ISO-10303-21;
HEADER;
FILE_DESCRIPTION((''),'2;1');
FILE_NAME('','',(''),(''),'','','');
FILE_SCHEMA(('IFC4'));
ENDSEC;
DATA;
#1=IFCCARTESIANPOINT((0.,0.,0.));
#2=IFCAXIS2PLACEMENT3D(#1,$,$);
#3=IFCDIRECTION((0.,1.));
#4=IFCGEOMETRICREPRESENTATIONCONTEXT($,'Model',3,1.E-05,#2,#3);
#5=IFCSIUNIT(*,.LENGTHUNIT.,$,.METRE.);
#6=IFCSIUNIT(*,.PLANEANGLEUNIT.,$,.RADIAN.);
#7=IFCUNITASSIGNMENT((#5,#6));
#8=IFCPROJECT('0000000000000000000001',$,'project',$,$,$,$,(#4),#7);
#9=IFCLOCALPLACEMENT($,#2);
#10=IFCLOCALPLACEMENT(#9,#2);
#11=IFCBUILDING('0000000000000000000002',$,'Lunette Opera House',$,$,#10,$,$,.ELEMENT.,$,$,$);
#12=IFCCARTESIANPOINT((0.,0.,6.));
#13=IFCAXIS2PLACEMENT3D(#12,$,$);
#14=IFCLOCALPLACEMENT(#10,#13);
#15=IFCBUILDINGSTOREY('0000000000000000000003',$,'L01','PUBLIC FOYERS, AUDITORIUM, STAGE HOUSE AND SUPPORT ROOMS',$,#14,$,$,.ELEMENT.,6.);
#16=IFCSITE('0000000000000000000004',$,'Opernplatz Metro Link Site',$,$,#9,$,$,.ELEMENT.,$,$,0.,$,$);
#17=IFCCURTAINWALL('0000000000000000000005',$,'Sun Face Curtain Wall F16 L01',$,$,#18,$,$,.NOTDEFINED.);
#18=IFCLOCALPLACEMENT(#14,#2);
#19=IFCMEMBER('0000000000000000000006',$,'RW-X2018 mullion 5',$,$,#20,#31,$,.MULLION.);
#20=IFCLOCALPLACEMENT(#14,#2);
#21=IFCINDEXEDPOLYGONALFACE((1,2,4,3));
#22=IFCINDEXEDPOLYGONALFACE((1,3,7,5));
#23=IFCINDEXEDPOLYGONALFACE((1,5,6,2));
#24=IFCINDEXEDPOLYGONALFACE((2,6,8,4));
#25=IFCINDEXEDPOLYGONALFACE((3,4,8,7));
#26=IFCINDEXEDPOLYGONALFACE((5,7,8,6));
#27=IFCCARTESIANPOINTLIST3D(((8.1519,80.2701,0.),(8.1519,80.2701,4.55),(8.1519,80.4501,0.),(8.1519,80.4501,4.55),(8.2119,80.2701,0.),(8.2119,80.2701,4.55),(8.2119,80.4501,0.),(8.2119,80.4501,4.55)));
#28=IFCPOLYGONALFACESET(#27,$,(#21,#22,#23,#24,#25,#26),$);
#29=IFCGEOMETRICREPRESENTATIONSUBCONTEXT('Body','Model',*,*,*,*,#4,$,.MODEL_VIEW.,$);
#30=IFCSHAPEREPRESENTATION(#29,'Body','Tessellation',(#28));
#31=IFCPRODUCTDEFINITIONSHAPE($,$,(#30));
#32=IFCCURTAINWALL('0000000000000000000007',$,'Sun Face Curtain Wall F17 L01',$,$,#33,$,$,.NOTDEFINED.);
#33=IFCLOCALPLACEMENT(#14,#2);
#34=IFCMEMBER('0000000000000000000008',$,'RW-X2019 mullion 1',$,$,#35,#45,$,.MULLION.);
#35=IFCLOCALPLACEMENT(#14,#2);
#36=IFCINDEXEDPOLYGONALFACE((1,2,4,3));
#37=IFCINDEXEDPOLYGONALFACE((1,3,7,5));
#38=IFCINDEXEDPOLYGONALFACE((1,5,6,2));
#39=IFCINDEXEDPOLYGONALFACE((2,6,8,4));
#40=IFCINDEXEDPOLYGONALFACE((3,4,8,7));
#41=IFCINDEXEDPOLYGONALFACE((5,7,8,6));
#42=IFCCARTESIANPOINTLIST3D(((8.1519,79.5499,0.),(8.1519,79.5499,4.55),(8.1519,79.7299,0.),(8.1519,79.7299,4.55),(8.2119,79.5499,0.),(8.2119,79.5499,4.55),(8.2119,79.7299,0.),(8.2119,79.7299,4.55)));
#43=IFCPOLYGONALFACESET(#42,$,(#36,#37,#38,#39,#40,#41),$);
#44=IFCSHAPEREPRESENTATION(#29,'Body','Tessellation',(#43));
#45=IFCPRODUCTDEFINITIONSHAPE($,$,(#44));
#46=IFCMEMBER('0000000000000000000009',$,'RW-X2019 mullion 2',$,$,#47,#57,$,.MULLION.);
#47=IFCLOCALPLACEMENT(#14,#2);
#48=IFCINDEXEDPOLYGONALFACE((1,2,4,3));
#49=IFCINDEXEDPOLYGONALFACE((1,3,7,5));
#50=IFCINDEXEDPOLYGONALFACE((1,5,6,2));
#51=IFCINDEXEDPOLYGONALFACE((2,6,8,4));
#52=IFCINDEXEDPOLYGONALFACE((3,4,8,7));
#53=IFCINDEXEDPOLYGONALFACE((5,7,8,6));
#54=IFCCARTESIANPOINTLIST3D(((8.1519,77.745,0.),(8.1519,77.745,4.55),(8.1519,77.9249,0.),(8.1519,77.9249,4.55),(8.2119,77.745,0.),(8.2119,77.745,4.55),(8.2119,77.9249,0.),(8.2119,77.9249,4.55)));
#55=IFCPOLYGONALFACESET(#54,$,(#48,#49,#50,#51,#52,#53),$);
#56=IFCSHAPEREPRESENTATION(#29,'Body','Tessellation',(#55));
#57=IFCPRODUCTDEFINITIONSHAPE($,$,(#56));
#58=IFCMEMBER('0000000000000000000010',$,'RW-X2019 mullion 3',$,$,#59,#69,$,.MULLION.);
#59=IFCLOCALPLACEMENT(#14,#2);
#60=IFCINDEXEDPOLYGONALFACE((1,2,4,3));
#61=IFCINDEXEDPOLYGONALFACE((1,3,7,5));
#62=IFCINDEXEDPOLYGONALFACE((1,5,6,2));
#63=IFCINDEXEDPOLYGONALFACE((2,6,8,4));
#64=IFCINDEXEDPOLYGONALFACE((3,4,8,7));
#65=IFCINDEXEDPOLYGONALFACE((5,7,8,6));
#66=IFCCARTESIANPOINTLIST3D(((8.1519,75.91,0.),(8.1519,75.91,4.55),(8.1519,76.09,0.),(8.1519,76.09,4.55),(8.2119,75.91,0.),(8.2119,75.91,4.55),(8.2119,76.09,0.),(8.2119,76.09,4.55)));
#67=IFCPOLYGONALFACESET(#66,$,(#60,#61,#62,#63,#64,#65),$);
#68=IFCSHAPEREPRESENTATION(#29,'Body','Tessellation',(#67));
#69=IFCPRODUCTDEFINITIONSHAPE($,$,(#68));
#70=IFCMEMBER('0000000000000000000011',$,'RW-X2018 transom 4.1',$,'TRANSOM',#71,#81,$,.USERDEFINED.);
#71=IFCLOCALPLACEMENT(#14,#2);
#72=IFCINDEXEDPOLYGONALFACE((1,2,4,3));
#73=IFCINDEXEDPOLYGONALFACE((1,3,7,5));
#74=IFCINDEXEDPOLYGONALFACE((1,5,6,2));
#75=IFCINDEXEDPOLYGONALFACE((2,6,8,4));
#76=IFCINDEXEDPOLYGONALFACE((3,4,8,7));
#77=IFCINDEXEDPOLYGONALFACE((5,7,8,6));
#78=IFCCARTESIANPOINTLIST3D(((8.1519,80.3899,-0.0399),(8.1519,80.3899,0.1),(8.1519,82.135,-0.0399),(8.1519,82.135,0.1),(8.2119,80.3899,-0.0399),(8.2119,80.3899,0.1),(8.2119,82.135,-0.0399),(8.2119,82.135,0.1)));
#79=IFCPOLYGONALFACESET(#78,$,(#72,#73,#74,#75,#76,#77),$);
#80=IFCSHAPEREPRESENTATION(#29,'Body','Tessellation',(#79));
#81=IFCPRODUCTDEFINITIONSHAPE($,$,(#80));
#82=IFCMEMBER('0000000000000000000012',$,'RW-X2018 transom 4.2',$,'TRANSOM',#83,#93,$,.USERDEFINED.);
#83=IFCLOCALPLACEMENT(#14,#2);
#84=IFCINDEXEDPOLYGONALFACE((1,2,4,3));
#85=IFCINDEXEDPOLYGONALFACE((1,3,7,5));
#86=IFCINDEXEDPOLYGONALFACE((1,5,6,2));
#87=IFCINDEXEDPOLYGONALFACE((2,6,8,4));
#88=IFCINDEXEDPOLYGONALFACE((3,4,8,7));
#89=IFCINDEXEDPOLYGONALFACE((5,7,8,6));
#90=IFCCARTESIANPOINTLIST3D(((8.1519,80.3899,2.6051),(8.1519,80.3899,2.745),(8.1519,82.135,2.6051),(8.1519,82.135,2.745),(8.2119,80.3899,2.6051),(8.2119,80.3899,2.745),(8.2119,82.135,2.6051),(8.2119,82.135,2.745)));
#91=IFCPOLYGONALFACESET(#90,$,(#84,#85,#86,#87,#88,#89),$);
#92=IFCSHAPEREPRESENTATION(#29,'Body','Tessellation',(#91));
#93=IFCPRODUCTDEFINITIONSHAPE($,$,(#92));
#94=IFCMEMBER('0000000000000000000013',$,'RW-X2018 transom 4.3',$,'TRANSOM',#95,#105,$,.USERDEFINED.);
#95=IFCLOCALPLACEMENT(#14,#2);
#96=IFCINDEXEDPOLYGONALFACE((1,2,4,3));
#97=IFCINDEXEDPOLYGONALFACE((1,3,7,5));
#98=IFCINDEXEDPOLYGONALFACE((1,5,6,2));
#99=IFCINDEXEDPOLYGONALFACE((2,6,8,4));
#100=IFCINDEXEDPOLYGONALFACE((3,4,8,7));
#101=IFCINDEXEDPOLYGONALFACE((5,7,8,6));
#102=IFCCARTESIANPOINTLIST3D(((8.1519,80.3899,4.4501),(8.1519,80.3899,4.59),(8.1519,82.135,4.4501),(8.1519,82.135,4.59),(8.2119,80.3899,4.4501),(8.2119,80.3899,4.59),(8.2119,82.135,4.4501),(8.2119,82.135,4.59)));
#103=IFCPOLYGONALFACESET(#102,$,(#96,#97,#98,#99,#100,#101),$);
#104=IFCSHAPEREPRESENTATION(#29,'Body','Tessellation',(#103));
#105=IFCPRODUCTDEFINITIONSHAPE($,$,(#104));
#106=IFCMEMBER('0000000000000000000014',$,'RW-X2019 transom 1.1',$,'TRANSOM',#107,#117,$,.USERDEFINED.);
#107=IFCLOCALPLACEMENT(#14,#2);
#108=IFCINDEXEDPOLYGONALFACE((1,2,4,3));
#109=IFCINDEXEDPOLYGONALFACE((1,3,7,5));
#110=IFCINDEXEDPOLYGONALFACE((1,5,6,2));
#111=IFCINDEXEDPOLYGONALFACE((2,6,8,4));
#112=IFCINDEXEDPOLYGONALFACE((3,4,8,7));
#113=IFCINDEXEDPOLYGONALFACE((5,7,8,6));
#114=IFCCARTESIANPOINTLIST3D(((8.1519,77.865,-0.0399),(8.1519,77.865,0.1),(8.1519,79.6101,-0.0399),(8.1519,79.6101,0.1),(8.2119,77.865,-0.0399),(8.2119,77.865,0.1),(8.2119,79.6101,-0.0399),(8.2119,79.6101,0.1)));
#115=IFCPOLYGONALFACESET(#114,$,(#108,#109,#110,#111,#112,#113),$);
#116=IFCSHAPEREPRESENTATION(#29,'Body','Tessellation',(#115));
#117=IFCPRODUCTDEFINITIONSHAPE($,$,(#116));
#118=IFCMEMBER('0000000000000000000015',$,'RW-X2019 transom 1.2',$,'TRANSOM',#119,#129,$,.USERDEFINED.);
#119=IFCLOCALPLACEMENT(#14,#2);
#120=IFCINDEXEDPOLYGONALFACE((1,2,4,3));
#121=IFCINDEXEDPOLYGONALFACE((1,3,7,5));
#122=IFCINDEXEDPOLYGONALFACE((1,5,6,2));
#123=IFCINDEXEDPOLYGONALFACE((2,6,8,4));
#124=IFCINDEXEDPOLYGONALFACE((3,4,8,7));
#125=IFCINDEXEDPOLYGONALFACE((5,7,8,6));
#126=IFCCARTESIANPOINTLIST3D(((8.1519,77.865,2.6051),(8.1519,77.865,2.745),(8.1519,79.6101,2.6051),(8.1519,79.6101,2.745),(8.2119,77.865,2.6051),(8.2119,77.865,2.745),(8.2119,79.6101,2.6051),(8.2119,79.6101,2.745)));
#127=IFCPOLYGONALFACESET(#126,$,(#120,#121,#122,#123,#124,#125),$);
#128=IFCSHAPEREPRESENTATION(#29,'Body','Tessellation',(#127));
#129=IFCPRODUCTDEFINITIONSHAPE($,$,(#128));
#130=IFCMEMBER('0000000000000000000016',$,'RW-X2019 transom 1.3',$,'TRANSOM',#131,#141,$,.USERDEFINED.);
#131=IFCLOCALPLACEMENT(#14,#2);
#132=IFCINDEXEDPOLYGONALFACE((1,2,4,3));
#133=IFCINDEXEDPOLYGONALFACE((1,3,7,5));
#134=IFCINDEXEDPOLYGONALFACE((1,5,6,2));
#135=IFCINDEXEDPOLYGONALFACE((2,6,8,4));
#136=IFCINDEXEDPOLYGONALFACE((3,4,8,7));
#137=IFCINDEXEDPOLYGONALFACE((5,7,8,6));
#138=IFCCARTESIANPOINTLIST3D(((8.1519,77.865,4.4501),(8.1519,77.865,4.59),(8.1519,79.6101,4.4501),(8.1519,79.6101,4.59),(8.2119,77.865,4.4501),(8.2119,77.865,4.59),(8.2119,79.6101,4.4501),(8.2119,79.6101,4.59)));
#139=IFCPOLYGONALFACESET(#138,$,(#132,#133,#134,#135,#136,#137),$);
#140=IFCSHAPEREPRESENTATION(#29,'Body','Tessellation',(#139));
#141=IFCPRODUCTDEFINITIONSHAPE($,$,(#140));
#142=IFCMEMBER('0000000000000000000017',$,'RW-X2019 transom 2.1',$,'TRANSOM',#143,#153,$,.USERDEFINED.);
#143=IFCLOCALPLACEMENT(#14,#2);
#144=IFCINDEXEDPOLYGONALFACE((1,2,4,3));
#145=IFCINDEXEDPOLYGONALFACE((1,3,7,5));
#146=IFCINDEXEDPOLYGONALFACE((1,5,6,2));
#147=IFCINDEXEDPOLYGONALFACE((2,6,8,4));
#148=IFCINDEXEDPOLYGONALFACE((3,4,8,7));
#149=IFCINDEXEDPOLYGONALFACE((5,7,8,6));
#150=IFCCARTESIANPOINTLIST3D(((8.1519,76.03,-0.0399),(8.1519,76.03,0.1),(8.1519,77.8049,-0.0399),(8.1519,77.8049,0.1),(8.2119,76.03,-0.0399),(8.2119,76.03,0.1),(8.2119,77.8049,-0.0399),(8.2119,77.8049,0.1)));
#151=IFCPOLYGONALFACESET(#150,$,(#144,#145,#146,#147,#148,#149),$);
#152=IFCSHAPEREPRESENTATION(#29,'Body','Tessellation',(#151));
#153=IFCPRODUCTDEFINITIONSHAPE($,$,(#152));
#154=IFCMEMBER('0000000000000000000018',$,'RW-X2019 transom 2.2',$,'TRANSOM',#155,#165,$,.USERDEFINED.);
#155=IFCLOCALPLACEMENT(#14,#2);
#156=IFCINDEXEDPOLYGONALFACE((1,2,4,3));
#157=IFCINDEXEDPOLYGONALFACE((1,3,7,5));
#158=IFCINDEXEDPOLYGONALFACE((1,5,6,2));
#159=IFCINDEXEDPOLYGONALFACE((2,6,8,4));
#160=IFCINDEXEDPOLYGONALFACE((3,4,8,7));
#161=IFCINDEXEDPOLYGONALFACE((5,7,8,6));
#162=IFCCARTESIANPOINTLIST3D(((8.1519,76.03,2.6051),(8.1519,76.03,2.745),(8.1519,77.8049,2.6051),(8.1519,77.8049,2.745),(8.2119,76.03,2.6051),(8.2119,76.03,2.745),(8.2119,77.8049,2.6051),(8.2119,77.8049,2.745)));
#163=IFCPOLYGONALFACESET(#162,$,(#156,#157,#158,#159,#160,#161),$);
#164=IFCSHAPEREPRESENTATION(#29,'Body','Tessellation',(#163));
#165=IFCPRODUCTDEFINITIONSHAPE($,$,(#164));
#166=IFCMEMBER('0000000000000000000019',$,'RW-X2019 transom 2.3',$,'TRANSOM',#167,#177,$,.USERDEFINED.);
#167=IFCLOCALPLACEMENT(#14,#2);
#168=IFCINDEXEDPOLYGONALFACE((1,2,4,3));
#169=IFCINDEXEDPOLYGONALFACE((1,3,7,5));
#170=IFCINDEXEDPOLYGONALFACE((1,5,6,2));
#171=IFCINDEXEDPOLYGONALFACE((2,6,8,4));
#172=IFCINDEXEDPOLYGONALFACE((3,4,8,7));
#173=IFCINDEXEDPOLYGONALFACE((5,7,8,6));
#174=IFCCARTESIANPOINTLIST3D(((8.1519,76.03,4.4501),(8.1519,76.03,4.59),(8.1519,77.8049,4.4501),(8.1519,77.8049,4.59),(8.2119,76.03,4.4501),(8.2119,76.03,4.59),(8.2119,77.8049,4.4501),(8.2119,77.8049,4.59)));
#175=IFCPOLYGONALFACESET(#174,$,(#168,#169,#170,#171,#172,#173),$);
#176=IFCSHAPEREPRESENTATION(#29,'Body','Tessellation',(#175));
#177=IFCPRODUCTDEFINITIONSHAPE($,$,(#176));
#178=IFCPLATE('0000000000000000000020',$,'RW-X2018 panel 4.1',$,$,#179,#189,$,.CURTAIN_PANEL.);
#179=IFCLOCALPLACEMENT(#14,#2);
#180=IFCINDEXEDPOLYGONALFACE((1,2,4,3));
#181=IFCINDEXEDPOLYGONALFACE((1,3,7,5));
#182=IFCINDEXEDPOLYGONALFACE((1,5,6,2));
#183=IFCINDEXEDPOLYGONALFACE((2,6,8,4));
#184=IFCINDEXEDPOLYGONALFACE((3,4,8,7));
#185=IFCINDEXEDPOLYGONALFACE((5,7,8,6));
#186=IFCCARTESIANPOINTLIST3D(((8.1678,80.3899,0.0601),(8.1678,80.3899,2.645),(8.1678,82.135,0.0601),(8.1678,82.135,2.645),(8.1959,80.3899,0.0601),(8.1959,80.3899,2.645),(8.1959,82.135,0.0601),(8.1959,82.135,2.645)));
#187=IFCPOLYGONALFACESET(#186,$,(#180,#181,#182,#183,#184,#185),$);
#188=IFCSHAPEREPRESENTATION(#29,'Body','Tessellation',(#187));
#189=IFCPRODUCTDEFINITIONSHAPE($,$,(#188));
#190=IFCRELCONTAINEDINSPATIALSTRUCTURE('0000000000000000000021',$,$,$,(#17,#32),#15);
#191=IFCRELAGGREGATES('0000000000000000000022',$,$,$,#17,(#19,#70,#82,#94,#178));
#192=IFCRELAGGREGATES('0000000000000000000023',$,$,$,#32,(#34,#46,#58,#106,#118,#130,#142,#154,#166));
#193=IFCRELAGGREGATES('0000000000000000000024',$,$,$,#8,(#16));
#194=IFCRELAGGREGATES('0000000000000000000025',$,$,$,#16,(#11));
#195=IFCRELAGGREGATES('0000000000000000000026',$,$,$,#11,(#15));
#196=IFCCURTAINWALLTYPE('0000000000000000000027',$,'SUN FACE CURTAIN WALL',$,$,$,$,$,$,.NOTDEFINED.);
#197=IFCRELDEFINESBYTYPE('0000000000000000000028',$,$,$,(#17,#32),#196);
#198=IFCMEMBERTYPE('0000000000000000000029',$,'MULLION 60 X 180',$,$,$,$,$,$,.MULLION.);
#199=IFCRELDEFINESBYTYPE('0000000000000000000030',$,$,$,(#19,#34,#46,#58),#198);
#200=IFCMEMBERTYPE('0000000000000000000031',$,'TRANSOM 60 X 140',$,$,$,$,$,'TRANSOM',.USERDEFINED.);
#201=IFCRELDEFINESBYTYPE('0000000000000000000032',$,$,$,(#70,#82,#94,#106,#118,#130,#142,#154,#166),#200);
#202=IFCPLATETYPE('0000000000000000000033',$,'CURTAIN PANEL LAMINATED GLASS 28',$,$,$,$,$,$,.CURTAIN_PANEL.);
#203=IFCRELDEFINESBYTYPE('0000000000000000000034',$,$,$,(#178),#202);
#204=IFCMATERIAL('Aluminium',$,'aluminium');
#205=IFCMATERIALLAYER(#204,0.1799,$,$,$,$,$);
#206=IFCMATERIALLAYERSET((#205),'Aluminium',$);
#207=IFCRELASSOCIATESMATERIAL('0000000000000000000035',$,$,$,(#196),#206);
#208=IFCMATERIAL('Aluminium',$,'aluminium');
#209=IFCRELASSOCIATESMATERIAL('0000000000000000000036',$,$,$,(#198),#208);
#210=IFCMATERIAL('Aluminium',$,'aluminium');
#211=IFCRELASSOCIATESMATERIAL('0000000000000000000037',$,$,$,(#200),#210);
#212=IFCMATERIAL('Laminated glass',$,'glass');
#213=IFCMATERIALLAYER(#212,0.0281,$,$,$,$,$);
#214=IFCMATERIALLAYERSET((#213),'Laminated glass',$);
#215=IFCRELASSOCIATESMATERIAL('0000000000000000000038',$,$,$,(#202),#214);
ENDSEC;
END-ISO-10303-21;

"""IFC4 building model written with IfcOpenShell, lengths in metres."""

from ifc_helpers import new_model, si_unit, direction, frame, origin, origin_2d, place, context, subcontext, project, spatial, rectangle, extrude, material, layer, layer_set, material_profile, profile_set, type_object, element, aggregate, save


model = new_model("IFC4")

# Units and contexts
model_context = context("Model", 3, precision=1e-05, world=origin(), true_north=direction((0.0, 1.0)))
body_context = subcontext(model_context, "Body", "Model", "MODEL_VIEW")
ifc_project = project(units=[si_unit("LENGTHUNIT", "METRE"), si_unit("PLANEANGLEUNIT", "RADIAN")], contexts=[model_context])

# Site, building, storey
site_placement = place(None, origin())
site = spatial("IfcSite", under=ifc_project, at=site_placement, Name="Opernplatz Metro Link Site", CompositionType="ELEMENT", RefElevation=0.0)
building_placement = place(site_placement, origin())
building = spatial("IfcBuilding", under=site, at=building_placement, Name="Lunette Opera House", CompositionType="ELEMENT")
storey_placement = place(building_placement, frame((0.0, 0.0, 6.0)))
storey = spatial("IfcBuildingStorey", under=building, at=storey_placement, Name="L01", Description="PUBLIC FOYERS, AUDITORIUM, STAGE HOUSE AND SUPPORT ROOMS", CompositionType="ELEMENT", Elevation=6.0)

# Curtain wall, member
ifc_material_1 = material(Name="Aluminium", Category="aluminium")
ifc_layer_1 = layer(ifc_material_1, 0.1799)
ifc_layer_set_1 = layer_set([ifc_layer_1], Name="Aluminium")
curtain_wall_type = type_object("IfcCurtainWallType", Name="SUN FACE CURTAIN WALL", PredefinedType="NOTDEFINED", material=ifc_layer_set_1)
curtain_wall_1_placement = place(storey_placement, origin())
curtain_wall_1 = element("IfcCurtainWall", 1, at=curtain_wall_1_placement, inside=storey, type_object=curtain_wall_type, Name="Sun Face Curtain Wall F16 L01", PredefinedType="NOTDEFINED")
ifc_material_2 = material(Name="Aluminium", Category="aluminium")
ifc_material_profile_1 = material_profile(ifc_material_2, rectangle(XDim=0.0601, YDim=0.1799, at=origin_2d()), Name="MULLION 60 X 180")
ifc_profile_set_1 = profile_set([ifc_material_profile_1], Name="Aluminium")
member_type_1 = type_object("IfcMemberType", Name="MULLION 60 X 180", PredefinedType="MULLION", material=ifc_profile_set_1)
member_1_placement = place(storey_placement, frame((8.1819, 80.3601, 0.0), z_axis=(0.0, 0.0, 1.0), x_axis=(1.0, 0.0, 0.0)))
member_1 = element("IfcMember", 2, at=member_1_placement, type_object=member_type_1, Name="RW-X2018 mullion 5", PredefinedType="MULLION", context=body_context, shape_type="SweptSolid", body=[
    extrude(rectangle(XDim=0.0601, YDim=0.1799, at=origin_2d()), origin(), (0.0, 0.0, 1.0), 4.55),
])

# Curtain wall, members
curtain_wall_2_placement = place(storey_placement, origin())
curtain_wall_2 = element("IfcCurtainWall", 3, at=curtain_wall_2_placement, inside=storey, type_object=curtain_wall_type, Name="Sun Face Curtain Wall F17 L01", PredefinedType="NOTDEFINED")
member_2_placement = place(storey_placement, frame((8.1819, 79.6399, 0.0), z_axis=(0.0, 0.0, 1.0), x_axis=(1.0, 0.0, 0.0)))
member_2 = element("IfcMember", 4, at=member_2_placement, type_object=member_type_1, Name="RW-X2019 mullion 1", PredefinedType="MULLION", context=body_context, shape_type="SweptSolid", body=[
    extrude(rectangle(XDim=0.0601, YDim=0.1799, at=origin_2d()), origin(), (0.0, 0.0, 1.0), 4.55),
])
member_3_placement = place(storey_placement, frame((8.1819, 77.835, 0.0), z_axis=(0.0, 0.0, 1.0), x_axis=(1.0, 0.0, 0.0)))
member_3 = element("IfcMember", 5, at=member_3_placement, type_object=member_type_1, Name="RW-X2019 mullion 2", PredefinedType="MULLION", context=body_context, shape_type="SweptSolid", body=[
    extrude(rectangle(XDim=0.0601, YDim=0.1799, at=origin_2d()), origin(), (0.0, 0.0, 1.0), 4.55),
])
member_4_placement = place(storey_placement, frame((8.1819, 76.0, 0.0), z_axis=(0.0, 0.0, 1.0), x_axis=(1.0, 0.0, 0.0)))
member_4 = element("IfcMember", 6, at=member_4_placement, type_object=member_type_1, Name="RW-X2019 mullion 3", PredefinedType="MULLION", context=body_context, shape_type="SweptSolid", body=[
    extrude(rectangle(XDim=0.0601, YDim=0.1799, at=origin_2d()), origin(), (0.0, 0.0, 1.0), 4.55),
])

# Members
ifc_material_3 = material(Name="Aluminium", Category="aluminium")
ifc_material_profile_2 = material_profile(ifc_material_3, rectangle(XDim=0.0601, YDim=0.1399, at=origin_2d()), Name="TRANSOM 60 X 140")
ifc_profile_set_2 = profile_set([ifc_material_profile_2], Name="Aluminium")
member_type_2 = type_object("IfcMemberType", Name="TRANSOM 60 X 140", ElementType="TRANSOM", PredefinedType="USERDEFINED", material=ifc_profile_set_2)
member_5_placement = place(storey_placement, frame((8.1819, 82.135, 0.03), z_axis=(0.0, -1.0, 0.0), x_axis=(1.0, 0.0, 0.0)))
member_5 = element("IfcMember", 7, at=member_5_placement, type_object=member_type_2, Name="RW-X2018 transom 4.1", ObjectType="TRANSOM", PredefinedType="USERDEFINED", context=body_context, shape_type="SweptSolid", body=[
    extrude(rectangle(XDim=0.0601, YDim=0.1399, at=origin_2d()), origin(), (0.0, 0.0, 1.0), 1.7451),
])
member_6_placement = place(storey_placement, frame((8.1819, 82.135, 2.675), z_axis=(0.0, -1.0, 0.0), x_axis=(1.0, 0.0, 0.0)))
member_6 = element("IfcMember", 8, at=member_6_placement, type_object=member_type_2, Name="RW-X2018 transom 4.2", ObjectType="TRANSOM", PredefinedType="USERDEFINED", context=body_context, shape_type="SweptSolid", body=[
    extrude(rectangle(XDim=0.0601, YDim=0.1399, at=origin_2d()), origin(), (0.0, 0.0, 1.0), 1.7451),
])
member_7_placement = place(storey_placement, frame((8.1819, 82.135, 4.52), z_axis=(0.0, -1.0, 0.0), x_axis=(1.0, 0.0, 0.0)))
member_7 = element("IfcMember", 9, at=member_7_placement, type_object=member_type_2, Name="RW-X2018 transom 4.3", ObjectType="TRANSOM", PredefinedType="USERDEFINED", context=body_context, shape_type="SweptSolid", body=[
    extrude(rectangle(XDim=0.0601, YDim=0.1399, at=origin_2d()), origin(), (0.0, 0.0, 1.0), 1.7451),
])
member_8_placement = place(storey_placement, frame((8.1819, 79.6101, 0.03), z_axis=(0.0, -1.0, 0.0), x_axis=(1.0, 0.0, 0.0)))
member_8 = element("IfcMember", 10, at=member_8_placement, type_object=member_type_2, Name="RW-X2019 transom 1.1", ObjectType="TRANSOM", PredefinedType="USERDEFINED", context=body_context, shape_type="SweptSolid", body=[
    extrude(rectangle(XDim=0.0601, YDim=0.1399, at=origin_2d()), origin(), (0.0, 0.0, 1.0), 1.7451),
])
member_9_placement = place(storey_placement, frame((8.1819, 79.6101, 2.675), z_axis=(0.0, -1.0, 0.0), x_axis=(1.0, 0.0, 0.0)))
member_9 = element("IfcMember", 11, at=member_9_placement, type_object=member_type_2, Name="RW-X2019 transom 1.2", ObjectType="TRANSOM", PredefinedType="USERDEFINED", context=body_context, shape_type="SweptSolid", body=[
    extrude(rectangle(XDim=0.0601, YDim=0.1399, at=origin_2d()), origin(), (0.0, 0.0, 1.0), 1.7451),
])
member_10_placement = place(storey_placement, frame((8.1819, 79.6101, 4.52), z_axis=(0.0, -1.0, 0.0), x_axis=(1.0, 0.0, 0.0)))
member_10 = element("IfcMember", 12, at=member_10_placement, type_object=member_type_2, Name="RW-X2019 transom 1.3", ObjectType="TRANSOM", PredefinedType="USERDEFINED", context=body_context, shape_type="SweptSolid", body=[
    extrude(rectangle(XDim=0.0601, YDim=0.1399, at=origin_2d()), origin(), (0.0, 0.0, 1.0), 1.7451),
])
member_11_placement = place(storey_placement, frame((8.1819, 77.8049, 0.03), z_axis=(0.0, -1.0, 0.0), x_axis=(1.0, 0.0, 0.0)))
member_11 = element("IfcMember", 13, at=member_11_placement, type_object=member_type_2, Name="RW-X2019 transom 2.1", ObjectType="TRANSOM", PredefinedType="USERDEFINED", context=body_context, shape_type="SweptSolid", body=[
    extrude(rectangle(XDim=0.0601, YDim=0.1399, at=origin_2d()), origin(), (0.0, 0.0, 1.0), 1.7749),
])
member_12_placement = place(storey_placement, frame((8.1819, 77.8049, 2.675), z_axis=(0.0, -1.0, 0.0), x_axis=(1.0, 0.0, 0.0)))
member_12 = element("IfcMember", 14, at=member_12_placement, type_object=member_type_2, Name="RW-X2019 transom 2.2", ObjectType="TRANSOM", PredefinedType="USERDEFINED", context=body_context, shape_type="SweptSolid", body=[
    extrude(rectangle(XDim=0.0601, YDim=0.1399, at=origin_2d()), origin(), (0.0, 0.0, 1.0), 1.7749),
])
member_13_placement = place(storey_placement, frame((8.1819, 77.8049, 4.52), z_axis=(0.0, -1.0, 0.0), x_axis=(1.0, 0.0, 0.0)))
member_13 = element("IfcMember", 15, at=member_13_placement, type_object=member_type_2, Name="RW-X2019 transom 2.3", ObjectType="TRANSOM", PredefinedType="USERDEFINED", context=body_context, shape_type="SweptSolid", body=[
    extrude(rectangle(XDim=0.0601, YDim=0.1399, at=origin_2d()), origin(), (0.0, 0.0, 1.0), 1.7749),
])

# Plate
ifc_material_4 = material(Name="Laminated glass", Category="glass")
ifc_layer_2 = layer(ifc_material_4, 0.0281)
ifc_layer_set_2 = layer_set([ifc_layer_2], Name="Laminated glass")
plate_type = type_object("IfcPlateType", Name="CURTAIN PANEL LAMINATED GLASS 28", PredefinedType="CURTAIN_PANEL", material=ifc_layer_set_2)
plate_1_placement = place(storey_placement, frame((8.1819, 81.2625, 0.0601), z_axis=(0.0, 0.0, 1.0), x_axis=(0.0, -1.0, 0.0)))
plate_1 = element("IfcPlate", 16, at=plate_1_placement, type_object=plate_type, Name="RW-X2018 panel 4.1", PredefinedType="CURTAIN_PANEL", context=body_context, shape_type="SweptSolid", body=[
    extrude(rectangle(XDim=1.7451, YDim=0.0281, at=origin_2d()), origin(), (0.0, 0.0, 1.0), 2.585),
])
aggregate(curtain_wall_1, [member_1, member_5, member_6, member_7, plate_1])
aggregate(curtain_wall_2, [member_2, member_3, member_4, member_8, member_9, member_10, member_11, member_12, member_13])

save(model, "model.ifc")
